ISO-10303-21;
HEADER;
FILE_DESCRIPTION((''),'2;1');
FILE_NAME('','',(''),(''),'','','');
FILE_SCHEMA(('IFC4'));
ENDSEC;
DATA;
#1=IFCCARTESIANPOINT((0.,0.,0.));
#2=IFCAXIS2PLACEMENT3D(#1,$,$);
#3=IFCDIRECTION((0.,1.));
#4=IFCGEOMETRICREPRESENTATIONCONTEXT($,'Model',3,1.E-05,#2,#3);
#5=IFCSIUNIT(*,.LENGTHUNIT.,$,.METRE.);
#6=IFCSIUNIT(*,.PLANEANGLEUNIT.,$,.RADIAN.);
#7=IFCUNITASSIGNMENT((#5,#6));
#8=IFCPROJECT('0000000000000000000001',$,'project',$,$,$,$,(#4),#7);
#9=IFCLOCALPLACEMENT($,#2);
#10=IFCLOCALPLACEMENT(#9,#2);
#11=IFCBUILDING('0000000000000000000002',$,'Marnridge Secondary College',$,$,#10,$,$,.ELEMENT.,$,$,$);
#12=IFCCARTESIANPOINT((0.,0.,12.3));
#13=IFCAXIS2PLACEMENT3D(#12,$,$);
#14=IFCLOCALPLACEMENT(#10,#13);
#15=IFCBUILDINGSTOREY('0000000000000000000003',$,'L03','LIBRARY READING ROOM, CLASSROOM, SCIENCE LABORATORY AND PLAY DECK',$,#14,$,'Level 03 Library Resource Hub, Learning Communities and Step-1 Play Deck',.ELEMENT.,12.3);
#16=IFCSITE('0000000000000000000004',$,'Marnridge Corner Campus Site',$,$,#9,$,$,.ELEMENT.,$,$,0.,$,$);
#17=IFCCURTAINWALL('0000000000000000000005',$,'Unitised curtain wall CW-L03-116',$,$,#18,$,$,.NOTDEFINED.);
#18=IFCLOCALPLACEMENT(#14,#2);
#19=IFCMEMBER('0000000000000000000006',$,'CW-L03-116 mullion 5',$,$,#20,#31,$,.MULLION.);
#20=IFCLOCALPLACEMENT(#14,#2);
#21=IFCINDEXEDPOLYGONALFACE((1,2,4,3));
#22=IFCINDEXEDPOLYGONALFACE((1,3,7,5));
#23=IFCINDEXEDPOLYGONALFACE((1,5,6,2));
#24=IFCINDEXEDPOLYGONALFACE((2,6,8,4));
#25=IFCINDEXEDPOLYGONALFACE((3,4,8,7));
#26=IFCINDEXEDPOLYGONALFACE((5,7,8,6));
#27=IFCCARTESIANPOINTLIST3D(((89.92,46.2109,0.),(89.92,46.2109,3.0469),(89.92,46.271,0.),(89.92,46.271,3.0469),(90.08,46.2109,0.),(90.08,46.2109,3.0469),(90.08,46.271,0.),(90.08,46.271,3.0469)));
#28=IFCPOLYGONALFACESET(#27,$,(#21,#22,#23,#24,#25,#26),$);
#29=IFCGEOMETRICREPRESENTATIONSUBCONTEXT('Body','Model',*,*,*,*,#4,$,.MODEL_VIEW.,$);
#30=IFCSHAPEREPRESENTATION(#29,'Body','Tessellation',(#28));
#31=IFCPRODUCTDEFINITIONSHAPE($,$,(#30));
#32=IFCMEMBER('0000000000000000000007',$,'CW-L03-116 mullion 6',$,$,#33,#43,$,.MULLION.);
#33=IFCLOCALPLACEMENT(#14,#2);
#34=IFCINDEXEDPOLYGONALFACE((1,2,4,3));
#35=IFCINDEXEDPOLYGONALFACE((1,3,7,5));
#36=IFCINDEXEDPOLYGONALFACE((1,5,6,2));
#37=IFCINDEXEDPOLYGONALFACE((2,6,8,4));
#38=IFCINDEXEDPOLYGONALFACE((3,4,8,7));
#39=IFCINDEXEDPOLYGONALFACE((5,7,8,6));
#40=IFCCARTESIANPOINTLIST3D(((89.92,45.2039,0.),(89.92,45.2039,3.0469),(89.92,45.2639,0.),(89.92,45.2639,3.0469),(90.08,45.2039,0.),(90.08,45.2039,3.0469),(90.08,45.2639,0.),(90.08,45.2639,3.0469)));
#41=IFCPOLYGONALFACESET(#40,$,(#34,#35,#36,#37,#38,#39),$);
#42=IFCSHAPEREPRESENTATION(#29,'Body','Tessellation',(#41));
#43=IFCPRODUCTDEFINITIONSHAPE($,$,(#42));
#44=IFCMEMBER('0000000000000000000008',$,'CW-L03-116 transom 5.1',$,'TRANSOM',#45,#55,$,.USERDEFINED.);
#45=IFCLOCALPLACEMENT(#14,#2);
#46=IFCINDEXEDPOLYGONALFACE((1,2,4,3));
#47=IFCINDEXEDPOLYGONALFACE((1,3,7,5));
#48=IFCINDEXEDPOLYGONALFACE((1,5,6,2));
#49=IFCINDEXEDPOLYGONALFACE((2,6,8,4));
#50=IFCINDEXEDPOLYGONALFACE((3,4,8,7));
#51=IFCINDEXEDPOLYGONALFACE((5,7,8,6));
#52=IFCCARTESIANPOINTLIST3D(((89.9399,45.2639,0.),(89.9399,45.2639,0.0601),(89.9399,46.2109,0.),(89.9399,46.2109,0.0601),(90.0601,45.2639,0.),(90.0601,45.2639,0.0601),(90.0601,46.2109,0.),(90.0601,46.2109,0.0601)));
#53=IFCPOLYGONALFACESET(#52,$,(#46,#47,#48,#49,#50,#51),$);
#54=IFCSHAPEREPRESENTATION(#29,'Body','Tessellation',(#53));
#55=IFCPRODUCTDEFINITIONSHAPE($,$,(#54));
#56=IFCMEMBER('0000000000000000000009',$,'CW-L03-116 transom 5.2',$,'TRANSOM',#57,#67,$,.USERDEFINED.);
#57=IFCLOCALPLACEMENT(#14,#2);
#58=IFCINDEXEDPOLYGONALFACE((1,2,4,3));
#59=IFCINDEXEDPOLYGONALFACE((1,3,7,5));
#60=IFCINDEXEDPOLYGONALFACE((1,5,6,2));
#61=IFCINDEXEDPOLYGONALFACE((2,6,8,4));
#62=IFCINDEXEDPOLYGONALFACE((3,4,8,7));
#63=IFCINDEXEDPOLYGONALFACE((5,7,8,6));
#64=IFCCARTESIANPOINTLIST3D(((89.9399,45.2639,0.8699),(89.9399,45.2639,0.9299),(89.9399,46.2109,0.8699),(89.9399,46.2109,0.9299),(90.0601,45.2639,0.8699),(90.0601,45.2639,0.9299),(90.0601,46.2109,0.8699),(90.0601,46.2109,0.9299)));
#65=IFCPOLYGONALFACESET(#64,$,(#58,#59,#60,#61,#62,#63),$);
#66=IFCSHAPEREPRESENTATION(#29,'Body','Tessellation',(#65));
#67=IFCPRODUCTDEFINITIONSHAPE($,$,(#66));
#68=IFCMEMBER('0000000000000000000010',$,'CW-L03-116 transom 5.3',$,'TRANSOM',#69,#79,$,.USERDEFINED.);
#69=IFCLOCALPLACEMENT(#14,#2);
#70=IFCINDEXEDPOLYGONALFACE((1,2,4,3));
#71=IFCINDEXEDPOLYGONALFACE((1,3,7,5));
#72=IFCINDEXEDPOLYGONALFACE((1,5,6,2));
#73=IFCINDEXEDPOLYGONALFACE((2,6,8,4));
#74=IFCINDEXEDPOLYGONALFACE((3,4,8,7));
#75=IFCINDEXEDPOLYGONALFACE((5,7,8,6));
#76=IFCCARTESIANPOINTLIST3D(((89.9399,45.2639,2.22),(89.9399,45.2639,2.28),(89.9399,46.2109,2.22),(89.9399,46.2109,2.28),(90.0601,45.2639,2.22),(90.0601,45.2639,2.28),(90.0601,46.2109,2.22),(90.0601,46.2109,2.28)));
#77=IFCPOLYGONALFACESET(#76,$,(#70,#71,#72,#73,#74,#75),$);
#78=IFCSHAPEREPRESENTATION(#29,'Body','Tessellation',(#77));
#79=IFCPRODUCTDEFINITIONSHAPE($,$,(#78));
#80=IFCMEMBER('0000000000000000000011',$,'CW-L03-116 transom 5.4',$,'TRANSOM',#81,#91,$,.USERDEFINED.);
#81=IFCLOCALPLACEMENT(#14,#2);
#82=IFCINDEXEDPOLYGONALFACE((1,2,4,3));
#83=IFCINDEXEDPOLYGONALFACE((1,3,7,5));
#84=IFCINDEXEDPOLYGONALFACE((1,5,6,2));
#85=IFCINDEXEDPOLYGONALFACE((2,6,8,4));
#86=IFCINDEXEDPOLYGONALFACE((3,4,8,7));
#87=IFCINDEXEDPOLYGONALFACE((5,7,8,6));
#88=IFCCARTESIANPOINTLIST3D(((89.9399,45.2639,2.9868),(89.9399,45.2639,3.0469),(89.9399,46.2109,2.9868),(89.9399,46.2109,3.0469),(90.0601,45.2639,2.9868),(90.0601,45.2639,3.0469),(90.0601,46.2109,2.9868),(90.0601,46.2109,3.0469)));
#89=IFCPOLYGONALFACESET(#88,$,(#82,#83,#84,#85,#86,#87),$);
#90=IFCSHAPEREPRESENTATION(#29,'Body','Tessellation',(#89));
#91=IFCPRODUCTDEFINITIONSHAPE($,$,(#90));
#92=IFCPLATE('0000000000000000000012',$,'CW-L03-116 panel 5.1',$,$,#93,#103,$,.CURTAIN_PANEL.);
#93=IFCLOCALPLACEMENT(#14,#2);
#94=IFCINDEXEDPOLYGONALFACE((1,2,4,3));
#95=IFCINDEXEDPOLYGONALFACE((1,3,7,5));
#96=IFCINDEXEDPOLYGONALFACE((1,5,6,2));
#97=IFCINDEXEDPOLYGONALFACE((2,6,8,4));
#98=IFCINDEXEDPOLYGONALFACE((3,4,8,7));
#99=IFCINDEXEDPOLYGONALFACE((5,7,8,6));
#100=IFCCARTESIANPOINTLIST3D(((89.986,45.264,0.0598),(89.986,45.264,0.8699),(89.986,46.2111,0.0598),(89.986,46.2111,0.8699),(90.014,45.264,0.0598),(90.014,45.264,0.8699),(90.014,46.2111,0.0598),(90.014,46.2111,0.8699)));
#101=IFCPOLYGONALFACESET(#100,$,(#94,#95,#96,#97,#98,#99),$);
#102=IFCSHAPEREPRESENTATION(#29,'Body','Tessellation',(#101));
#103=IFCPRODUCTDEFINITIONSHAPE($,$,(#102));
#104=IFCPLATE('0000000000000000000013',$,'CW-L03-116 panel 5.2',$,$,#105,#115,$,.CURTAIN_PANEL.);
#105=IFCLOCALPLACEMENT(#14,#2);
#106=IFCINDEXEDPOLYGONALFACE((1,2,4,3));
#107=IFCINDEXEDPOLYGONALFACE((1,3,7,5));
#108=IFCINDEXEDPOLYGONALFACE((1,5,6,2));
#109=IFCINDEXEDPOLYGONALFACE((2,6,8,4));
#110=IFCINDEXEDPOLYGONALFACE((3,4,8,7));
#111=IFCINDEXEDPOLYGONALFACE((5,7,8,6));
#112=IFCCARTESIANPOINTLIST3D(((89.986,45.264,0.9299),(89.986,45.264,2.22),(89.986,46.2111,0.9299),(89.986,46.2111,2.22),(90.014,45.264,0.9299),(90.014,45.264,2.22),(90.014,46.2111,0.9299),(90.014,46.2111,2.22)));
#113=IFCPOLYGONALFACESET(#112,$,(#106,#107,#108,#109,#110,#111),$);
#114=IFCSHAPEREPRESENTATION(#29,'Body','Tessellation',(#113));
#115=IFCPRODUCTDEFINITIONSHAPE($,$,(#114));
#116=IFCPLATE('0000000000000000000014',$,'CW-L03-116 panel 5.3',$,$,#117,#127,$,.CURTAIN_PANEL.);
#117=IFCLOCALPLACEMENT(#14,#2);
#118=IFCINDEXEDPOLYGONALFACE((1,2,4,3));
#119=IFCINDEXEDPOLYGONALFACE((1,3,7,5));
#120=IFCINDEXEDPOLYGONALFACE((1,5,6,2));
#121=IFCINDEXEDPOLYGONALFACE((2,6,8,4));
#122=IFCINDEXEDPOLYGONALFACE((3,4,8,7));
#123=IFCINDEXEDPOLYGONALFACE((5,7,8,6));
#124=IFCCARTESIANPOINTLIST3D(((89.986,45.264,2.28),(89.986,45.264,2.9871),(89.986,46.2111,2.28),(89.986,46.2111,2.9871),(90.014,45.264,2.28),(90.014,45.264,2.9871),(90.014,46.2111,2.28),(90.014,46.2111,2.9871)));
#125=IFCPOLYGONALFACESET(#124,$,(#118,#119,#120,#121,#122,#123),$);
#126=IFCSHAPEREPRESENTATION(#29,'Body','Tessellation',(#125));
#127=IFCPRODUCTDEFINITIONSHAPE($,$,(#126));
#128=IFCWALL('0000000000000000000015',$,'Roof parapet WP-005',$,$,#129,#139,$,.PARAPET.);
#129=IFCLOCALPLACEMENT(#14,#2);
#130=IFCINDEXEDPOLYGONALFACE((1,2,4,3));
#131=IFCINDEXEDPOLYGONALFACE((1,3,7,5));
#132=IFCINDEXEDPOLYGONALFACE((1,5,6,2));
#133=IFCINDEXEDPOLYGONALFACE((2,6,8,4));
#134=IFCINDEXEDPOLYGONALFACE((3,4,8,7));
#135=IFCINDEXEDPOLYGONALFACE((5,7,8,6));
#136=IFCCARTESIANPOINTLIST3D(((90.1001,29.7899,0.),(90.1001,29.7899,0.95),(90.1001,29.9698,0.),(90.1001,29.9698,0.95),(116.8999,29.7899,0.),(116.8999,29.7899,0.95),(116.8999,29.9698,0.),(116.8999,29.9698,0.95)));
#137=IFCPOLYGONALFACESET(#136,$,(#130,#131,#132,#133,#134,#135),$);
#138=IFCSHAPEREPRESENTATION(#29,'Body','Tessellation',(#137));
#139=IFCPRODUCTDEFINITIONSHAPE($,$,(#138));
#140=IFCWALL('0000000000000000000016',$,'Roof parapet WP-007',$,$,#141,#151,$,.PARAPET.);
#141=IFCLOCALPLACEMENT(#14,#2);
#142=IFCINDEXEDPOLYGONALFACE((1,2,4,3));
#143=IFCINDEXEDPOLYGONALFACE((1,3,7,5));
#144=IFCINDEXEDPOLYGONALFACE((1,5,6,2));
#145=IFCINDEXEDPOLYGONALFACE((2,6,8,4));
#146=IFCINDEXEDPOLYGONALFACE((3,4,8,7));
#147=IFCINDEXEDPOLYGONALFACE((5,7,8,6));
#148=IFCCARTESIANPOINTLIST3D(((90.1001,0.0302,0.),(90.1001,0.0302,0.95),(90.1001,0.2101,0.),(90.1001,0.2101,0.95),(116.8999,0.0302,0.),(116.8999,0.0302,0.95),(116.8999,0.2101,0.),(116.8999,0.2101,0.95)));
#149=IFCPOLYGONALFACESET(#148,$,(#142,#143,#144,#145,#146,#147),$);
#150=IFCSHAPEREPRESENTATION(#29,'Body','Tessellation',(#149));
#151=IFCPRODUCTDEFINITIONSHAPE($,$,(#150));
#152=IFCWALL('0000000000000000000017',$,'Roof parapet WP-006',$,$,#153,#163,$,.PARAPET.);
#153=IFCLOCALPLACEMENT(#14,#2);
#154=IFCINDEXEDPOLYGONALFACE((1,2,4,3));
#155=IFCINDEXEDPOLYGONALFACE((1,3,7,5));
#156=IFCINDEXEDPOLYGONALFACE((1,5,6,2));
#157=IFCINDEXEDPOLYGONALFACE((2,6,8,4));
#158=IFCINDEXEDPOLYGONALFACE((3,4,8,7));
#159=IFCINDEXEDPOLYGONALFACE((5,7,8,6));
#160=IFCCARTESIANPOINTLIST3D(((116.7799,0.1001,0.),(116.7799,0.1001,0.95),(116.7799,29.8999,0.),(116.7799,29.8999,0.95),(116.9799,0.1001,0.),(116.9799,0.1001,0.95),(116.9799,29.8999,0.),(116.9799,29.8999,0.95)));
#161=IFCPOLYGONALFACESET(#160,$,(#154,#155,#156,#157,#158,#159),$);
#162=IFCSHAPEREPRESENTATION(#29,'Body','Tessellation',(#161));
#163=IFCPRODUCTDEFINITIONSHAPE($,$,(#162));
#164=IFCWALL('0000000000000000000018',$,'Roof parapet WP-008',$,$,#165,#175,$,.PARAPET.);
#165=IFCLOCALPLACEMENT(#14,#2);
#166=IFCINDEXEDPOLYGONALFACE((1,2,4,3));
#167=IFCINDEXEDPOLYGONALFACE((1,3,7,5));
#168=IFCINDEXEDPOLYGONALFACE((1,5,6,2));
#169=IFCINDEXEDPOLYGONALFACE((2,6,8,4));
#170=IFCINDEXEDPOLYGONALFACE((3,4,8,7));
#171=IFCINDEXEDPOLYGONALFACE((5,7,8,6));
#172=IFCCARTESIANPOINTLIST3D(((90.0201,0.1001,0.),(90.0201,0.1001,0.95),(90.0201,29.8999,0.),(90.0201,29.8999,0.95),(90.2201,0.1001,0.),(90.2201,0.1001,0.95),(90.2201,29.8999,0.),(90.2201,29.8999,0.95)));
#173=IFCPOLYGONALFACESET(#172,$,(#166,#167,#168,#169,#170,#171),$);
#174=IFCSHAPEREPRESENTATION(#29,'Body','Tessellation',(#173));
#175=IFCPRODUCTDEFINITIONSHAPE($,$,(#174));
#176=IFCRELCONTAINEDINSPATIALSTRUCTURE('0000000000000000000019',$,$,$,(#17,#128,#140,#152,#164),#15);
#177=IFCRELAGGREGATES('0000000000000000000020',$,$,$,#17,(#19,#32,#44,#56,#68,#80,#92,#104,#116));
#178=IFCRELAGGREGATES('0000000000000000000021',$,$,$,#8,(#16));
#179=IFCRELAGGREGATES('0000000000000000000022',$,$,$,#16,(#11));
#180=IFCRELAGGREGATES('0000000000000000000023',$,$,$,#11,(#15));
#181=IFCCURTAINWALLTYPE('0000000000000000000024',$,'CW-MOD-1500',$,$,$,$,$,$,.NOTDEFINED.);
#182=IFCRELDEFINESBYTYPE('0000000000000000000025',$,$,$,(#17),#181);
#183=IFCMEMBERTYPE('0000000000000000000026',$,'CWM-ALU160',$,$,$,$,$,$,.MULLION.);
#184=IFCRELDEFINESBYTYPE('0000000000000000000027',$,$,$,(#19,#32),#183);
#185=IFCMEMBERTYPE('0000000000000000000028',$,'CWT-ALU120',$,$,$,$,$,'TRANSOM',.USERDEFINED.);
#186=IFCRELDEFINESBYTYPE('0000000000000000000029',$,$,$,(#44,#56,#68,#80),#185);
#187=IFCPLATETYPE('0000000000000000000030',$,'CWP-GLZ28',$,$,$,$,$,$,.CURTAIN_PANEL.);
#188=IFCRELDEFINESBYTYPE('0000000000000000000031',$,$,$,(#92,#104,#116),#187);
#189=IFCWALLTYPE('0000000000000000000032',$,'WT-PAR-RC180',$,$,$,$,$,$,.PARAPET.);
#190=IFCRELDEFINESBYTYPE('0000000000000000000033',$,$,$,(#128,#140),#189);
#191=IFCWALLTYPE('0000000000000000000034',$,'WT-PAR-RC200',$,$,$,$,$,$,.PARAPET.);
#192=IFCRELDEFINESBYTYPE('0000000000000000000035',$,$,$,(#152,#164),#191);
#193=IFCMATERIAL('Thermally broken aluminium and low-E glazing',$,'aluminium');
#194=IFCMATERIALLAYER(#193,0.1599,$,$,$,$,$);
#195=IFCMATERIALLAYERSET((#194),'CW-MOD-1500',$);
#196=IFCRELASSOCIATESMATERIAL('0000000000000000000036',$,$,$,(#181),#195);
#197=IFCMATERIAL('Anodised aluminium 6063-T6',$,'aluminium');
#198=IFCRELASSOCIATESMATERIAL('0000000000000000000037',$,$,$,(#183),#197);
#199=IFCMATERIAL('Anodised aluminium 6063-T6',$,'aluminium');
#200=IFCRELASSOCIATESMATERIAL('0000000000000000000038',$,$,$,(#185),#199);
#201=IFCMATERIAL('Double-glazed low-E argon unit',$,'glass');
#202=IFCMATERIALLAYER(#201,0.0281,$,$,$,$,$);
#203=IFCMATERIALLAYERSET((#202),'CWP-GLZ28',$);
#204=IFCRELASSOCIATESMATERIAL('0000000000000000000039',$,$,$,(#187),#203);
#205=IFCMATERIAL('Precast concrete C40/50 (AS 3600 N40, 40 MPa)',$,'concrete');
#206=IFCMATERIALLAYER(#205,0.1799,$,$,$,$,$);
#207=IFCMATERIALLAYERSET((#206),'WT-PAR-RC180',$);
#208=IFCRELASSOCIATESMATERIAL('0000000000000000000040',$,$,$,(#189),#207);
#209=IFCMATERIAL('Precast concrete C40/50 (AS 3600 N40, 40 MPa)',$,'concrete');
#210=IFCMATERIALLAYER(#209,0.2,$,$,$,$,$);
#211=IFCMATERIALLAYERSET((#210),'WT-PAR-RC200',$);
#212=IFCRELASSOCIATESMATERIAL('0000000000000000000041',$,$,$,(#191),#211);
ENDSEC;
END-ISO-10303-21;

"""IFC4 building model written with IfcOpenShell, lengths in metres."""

from ifc_helpers import new_model, si_unit, direction, frame, frame_2d, origin, origin_2d, place, context, subcontext, project, spatial, rectangle, extrude, material, layer, layer_set, material_profile, profile_set, type_object, element, aggregate, save


model = new_model("IFC4")

# Units and contexts
model_context = context("Model", 3, precision=1e-05, world=origin(), true_north=direction((0.0, 1.0)))
body_context = subcontext(model_context, "Body", "Model", "MODEL_VIEW")
ifc_project = project(units=[si_unit("LENGTHUNIT", "METRE"), si_unit("PLANEANGLEUNIT", "RADIAN")], contexts=[model_context])

# Site, building, storey
site_placement = place(None, origin())
site = spatial("IfcSite", under=ifc_project, at=site_placement, Name="Marnridge Corner Campus Site", CompositionType="ELEMENT", RefElevation=0.0)
building_placement = place(site_placement, origin())
building = spatial("IfcBuilding", under=site, at=building_placement, Name="Marnridge Secondary College", CompositionType="ELEMENT")
storey_placement = place(building_placement, frame((0.0, 0.0, 12.3)))
storey = spatial("IfcBuildingStorey", under=building, at=storey_placement, Name="L03", Description="LIBRARY READING ROOM, CLASSROOM, SCIENCE LABORATORY AND PLAY DECK", LongName="Level 03 Library Resource Hub, Learning Communities and Step-1 Play Deck", CompositionType="ELEMENT", Elevation=12.3)

# Curtain wall, members, plates
ifc_material_1 = material(Name="Thermally broken aluminium and low-E glazing", Category="aluminium")
ifc_layer_1 = layer(ifc_material_1, 0.1599)
ifc_layer_set_1 = layer_set([ifc_layer_1], Name="CW-MOD-1500")
curtain_wall_type = type_object("IfcCurtainWallType", Name="CW-MOD-1500", PredefinedType="NOTDEFINED", material=ifc_layer_set_1)
curtain_wall_placement = place(storey_placement, origin())
curtain_wall = element("IfcCurtainWall", 1, at=curtain_wall_placement, inside=storey, type_object=curtain_wall_type, Name="Unitised curtain wall CW-L03-116", PredefinedType="NOTDEFINED")
ifc_material_2 = material(Name="Anodised aluminium 6063-T6", Category="aluminium")
ifc_material_profile_1 = material_profile(ifc_material_2, rectangle(XDim=0.0601, YDim=0.1599, at=origin_2d()), Name="ALU 60x160")
ifc_profile_set_1 = profile_set([ifc_material_profile_1], Name="Anodised aluminium 6063-T6")
member_type_1 = type_object("IfcMemberType", Name="CWM-ALU160", PredefinedType="MULLION", material=ifc_profile_set_1)
member_1_placement = place(storey_placement, frame((90.0, 46.241, 0.0), z_axis=(0.0, 0.0, 1.0), x_axis=(0.0, -1.0, 0.0)))
member_1 = element("IfcMember", 2, at=member_1_placement, type_object=member_type_1, Name="CW-L03-116 mullion 5", PredefinedType="MULLION", context=body_context, shape_type="SweptSolid", body=[
    extrude(rectangle(XDim=0.0601, YDim=0.1599, at=origin_2d()), origin(), (0.0, 0.0, 1.0), 3.0469),
])
member_2_placement = place(storey_placement, frame((90.0, 45.2339, 0.0), z_axis=(0.0, 0.0, 1.0), x_axis=(0.0, -1.0, 0.0)))
member_2 = element("IfcMember", 3, at=member_2_placement, type_object=member_type_1, Name="CW-L03-116 mullion 6", PredefinedType="MULLION", context=body_context, shape_type="SweptSolid", body=[
    extrude(rectangle(XDim=0.0601, YDim=0.1599, at=origin_2d()), origin(), (0.0, 0.0, 1.0), 3.0469),
])
ifc_material_3 = material(Name="Anodised aluminium 6063-T6", Category="aluminium")
ifc_material_profile_2 = material_profile(ifc_material_3, rectangle(XDim=0.0601, YDim=0.1201, at=origin_2d()), Name="ALU 60x120")
ifc_profile_set_2 = profile_set([ifc_material_profile_2], Name="Anodised aluminium 6063-T6")
member_type_2 = type_object("IfcMemberType", Name="CWT-ALU120", ElementType="TRANSOM", PredefinedType="USERDEFINED", material=ifc_profile_set_2)
member_3_placement = place(storey_placement, frame((90.0, 46.2109, 0.03), z_axis=(0.0, -1.0, 0.0), x_axis=(0.0, 0.0, 1.0)))
member_3 = element("IfcMember", 4, at=member_3_placement, type_object=member_type_2, Name="CW-L03-116 transom 5.1", ObjectType="TRANSOM", PredefinedType="USERDEFINED", context=body_context, shape_type="SweptSolid", body=[
    extrude(rectangle(XDim=0.0601, YDim=0.1201, at=origin_2d()), origin(), (0.0, 0.0, 1.0), 0.947),
])
member_4_placement = place(storey_placement, frame((90.0, 46.2109, 0.8999), z_axis=(0.0, -1.0, 0.0), x_axis=(0.0, 0.0, 1.0)))
member_4 = element("IfcMember", 5, at=member_4_placement, type_object=member_type_2, Name="CW-L03-116 transom 5.2", ObjectType="TRANSOM", PredefinedType="USERDEFINED", context=body_context, shape_type="SweptSolid", body=[
    extrude(rectangle(XDim=0.0601, YDim=0.1201, at=origin_2d()), origin(), (0.0, 0.0, 1.0), 0.947),
])
member_5_placement = place(storey_placement, frame((90.0, 46.2109, 2.25), z_axis=(0.0, -1.0, 0.0), x_axis=(0.0, 0.0, 1.0)))
member_5 = element("IfcMember", 6, at=member_5_placement, type_object=member_type_2, Name="CW-L03-116 transom 5.3", ObjectType="TRANSOM", PredefinedType="USERDEFINED", context=body_context, shape_type="SweptSolid", body=[
    extrude(rectangle(XDim=0.0601, YDim=0.1201, at=origin_2d()), origin(), (0.0, 0.0, 1.0), 0.947),
])
member_6_placement = place(storey_placement, frame((90.0, 46.2109, 3.0168), z_axis=(0.0, -1.0, 0.0), x_axis=(0.0, 0.0, 1.0)))
member_6 = element("IfcMember", 7, at=member_6_placement, type_object=member_type_2, Name="CW-L03-116 transom 5.4", ObjectType="TRANSOM", PredefinedType="USERDEFINED", context=body_context, shape_type="SweptSolid", body=[
    extrude(rectangle(XDim=0.0601, YDim=0.1201, at=origin_2d()), origin(), (0.0, 0.0, 1.0), 0.947),
])
ifc_material_4 = material(Name="Double-glazed low-E argon unit", Category="glass")
ifc_layer_2 = layer(ifc_material_4, 0.0281)
ifc_layer_set_2 = layer_set([ifc_layer_2], Name="CWP-GLZ28")
plate_type = type_object("IfcPlateType", Name="CWP-GLZ28", PredefinedType="CURTAIN_PANEL", material=ifc_layer_set_2)
plate_1_placement = place(storey_placement, frame((90.0, 45.7375, 0.0598), z_axis=(0.0, 0.0, 1.0), x_axis=(0.0, -1.0, 0.0)))
plate_1 = element("IfcPlate", 8, at=plate_1_placement, type_object=plate_type, Name="CW-L03-116 panel 5.1", PredefinedType="CURTAIN_PANEL", context=body_context, shape_type="SweptSolid", body=[
    extrude(rectangle(XDim=0.947, YDim=0.0281, at=origin_2d()), origin(), (0.0, 0.0, 1.0), 0.8101),
])
plate_2_placement = place(storey_placement, frame((90.0, 45.7375, 0.9299), z_axis=(0.0, 0.0, 1.0), x_axis=(0.0, -1.0, 0.0)))
plate_2 = element("IfcPlate", 9, at=plate_2_placement, type_object=plate_type, Name="CW-L03-116 panel 5.2", PredefinedType="CURTAIN_PANEL", context=body_context, shape_type="SweptSolid", body=[
    extrude(rectangle(XDim=0.947, YDim=0.0281, at=origin_2d()), origin(), (0.0, 0.0, 1.0), 1.29),
])
plate_3_placement = place(storey_placement, frame((90.0, 45.7375, 2.28), z_axis=(0.0, 0.0, 1.0), x_axis=(0.0, -1.0, 0.0)))
plate_3 = element("IfcPlate", 10, at=plate_3_placement, type_object=plate_type, Name="CW-L03-116 panel 5.3", PredefinedType="CURTAIN_PANEL", context=body_context, shape_type="SweptSolid", body=[
    extrude(rectangle(XDim=0.947, YDim=0.0281, at=origin_2d()), origin(), (0.0, 0.0, 1.0), 0.707),
])
aggregate(curtain_wall, [member_1, member_2, member_3, member_4, member_5, member_6, plate_1, plate_2, plate_3])

# Walls
ifc_material_5 = material(Name="Precast concrete C40/50 (AS 3600 N40, 40 MPa)", Category="concrete")
ifc_layer_3 = layer(ifc_material_5, 0.1799)
ifc_layer_set_3 = layer_set([ifc_layer_3], Name="WT-PAR-RC180")
wall_type_1 = type_object("IfcWallType", Name="WT-PAR-RC180", PredefinedType="PARAPET", material=ifc_layer_set_3)
for number, where, z_axis, x_axis, name in (
    (11, (90.1001, 29.8799, 0.0), (0.0, 0.0, 1.0), (1.0, 0.0, 0.0), "Roof parapet WP-005"),
    (12, (116.8999, 0.1201, 0.0), (0.0, 0.0, 1.0), (-1.0, 0.0, 0.0), "Roof parapet WP-007"),
):
    element("IfcWall", number, at=place(storey_placement, frame(where, z_axis=z_axis, x_axis=x_axis)), inside=storey, type_object=wall_type_1, Name=name, PredefinedType="PARAPET", context=body_context, shape_type="SweptSolid", body=[
        extrude(rectangle(XDim=26.7998, YDim=0.1799, at=frame_2d((13.3999, 0.0))), origin(), (0.0, 0.0, 1.0), 0.95),
    ])
ifc_material_6 = material(Name="Precast concrete C40/50 (AS 3600 N40, 40 MPa)", Category="concrete")
ifc_layer_4 = layer(ifc_material_6, 0.2)
ifc_layer_set_4 = layer_set([ifc_layer_4], Name="WT-PAR-RC200")
wall_type_2 = type_object("IfcWallType", Name="WT-PAR-RC200", PredefinedType="PARAPET", material=ifc_layer_set_4)
for number, where, z_axis, x_axis, name in (
    (13, (116.8799, 29.8999, 0.0), (0.0, 0.0, 1.0), (0.0, -1.0, 0.0), "Roof parapet WP-006"),
    (14, (90.1201, 0.1001, 0.0), (0.0, 0.0, 1.0), (0.0, 1.0, 0.0), "Roof parapet WP-008"),
):
    element("IfcWall", number, at=place(storey_placement, frame(where, z_axis=z_axis, x_axis=x_axis)), inside=storey, type_object=wall_type_2, Name=name, PredefinedType="PARAPET", context=body_context, shape_type="SweptSolid", body=[
        extrude(rectangle(XDim=29.7998, YDim=0.2, at=frame_2d((14.8999, 0.0))), origin(), (0.0, 0.0, 1.0), 0.95),
    ])

save(model, "model.ifc")
